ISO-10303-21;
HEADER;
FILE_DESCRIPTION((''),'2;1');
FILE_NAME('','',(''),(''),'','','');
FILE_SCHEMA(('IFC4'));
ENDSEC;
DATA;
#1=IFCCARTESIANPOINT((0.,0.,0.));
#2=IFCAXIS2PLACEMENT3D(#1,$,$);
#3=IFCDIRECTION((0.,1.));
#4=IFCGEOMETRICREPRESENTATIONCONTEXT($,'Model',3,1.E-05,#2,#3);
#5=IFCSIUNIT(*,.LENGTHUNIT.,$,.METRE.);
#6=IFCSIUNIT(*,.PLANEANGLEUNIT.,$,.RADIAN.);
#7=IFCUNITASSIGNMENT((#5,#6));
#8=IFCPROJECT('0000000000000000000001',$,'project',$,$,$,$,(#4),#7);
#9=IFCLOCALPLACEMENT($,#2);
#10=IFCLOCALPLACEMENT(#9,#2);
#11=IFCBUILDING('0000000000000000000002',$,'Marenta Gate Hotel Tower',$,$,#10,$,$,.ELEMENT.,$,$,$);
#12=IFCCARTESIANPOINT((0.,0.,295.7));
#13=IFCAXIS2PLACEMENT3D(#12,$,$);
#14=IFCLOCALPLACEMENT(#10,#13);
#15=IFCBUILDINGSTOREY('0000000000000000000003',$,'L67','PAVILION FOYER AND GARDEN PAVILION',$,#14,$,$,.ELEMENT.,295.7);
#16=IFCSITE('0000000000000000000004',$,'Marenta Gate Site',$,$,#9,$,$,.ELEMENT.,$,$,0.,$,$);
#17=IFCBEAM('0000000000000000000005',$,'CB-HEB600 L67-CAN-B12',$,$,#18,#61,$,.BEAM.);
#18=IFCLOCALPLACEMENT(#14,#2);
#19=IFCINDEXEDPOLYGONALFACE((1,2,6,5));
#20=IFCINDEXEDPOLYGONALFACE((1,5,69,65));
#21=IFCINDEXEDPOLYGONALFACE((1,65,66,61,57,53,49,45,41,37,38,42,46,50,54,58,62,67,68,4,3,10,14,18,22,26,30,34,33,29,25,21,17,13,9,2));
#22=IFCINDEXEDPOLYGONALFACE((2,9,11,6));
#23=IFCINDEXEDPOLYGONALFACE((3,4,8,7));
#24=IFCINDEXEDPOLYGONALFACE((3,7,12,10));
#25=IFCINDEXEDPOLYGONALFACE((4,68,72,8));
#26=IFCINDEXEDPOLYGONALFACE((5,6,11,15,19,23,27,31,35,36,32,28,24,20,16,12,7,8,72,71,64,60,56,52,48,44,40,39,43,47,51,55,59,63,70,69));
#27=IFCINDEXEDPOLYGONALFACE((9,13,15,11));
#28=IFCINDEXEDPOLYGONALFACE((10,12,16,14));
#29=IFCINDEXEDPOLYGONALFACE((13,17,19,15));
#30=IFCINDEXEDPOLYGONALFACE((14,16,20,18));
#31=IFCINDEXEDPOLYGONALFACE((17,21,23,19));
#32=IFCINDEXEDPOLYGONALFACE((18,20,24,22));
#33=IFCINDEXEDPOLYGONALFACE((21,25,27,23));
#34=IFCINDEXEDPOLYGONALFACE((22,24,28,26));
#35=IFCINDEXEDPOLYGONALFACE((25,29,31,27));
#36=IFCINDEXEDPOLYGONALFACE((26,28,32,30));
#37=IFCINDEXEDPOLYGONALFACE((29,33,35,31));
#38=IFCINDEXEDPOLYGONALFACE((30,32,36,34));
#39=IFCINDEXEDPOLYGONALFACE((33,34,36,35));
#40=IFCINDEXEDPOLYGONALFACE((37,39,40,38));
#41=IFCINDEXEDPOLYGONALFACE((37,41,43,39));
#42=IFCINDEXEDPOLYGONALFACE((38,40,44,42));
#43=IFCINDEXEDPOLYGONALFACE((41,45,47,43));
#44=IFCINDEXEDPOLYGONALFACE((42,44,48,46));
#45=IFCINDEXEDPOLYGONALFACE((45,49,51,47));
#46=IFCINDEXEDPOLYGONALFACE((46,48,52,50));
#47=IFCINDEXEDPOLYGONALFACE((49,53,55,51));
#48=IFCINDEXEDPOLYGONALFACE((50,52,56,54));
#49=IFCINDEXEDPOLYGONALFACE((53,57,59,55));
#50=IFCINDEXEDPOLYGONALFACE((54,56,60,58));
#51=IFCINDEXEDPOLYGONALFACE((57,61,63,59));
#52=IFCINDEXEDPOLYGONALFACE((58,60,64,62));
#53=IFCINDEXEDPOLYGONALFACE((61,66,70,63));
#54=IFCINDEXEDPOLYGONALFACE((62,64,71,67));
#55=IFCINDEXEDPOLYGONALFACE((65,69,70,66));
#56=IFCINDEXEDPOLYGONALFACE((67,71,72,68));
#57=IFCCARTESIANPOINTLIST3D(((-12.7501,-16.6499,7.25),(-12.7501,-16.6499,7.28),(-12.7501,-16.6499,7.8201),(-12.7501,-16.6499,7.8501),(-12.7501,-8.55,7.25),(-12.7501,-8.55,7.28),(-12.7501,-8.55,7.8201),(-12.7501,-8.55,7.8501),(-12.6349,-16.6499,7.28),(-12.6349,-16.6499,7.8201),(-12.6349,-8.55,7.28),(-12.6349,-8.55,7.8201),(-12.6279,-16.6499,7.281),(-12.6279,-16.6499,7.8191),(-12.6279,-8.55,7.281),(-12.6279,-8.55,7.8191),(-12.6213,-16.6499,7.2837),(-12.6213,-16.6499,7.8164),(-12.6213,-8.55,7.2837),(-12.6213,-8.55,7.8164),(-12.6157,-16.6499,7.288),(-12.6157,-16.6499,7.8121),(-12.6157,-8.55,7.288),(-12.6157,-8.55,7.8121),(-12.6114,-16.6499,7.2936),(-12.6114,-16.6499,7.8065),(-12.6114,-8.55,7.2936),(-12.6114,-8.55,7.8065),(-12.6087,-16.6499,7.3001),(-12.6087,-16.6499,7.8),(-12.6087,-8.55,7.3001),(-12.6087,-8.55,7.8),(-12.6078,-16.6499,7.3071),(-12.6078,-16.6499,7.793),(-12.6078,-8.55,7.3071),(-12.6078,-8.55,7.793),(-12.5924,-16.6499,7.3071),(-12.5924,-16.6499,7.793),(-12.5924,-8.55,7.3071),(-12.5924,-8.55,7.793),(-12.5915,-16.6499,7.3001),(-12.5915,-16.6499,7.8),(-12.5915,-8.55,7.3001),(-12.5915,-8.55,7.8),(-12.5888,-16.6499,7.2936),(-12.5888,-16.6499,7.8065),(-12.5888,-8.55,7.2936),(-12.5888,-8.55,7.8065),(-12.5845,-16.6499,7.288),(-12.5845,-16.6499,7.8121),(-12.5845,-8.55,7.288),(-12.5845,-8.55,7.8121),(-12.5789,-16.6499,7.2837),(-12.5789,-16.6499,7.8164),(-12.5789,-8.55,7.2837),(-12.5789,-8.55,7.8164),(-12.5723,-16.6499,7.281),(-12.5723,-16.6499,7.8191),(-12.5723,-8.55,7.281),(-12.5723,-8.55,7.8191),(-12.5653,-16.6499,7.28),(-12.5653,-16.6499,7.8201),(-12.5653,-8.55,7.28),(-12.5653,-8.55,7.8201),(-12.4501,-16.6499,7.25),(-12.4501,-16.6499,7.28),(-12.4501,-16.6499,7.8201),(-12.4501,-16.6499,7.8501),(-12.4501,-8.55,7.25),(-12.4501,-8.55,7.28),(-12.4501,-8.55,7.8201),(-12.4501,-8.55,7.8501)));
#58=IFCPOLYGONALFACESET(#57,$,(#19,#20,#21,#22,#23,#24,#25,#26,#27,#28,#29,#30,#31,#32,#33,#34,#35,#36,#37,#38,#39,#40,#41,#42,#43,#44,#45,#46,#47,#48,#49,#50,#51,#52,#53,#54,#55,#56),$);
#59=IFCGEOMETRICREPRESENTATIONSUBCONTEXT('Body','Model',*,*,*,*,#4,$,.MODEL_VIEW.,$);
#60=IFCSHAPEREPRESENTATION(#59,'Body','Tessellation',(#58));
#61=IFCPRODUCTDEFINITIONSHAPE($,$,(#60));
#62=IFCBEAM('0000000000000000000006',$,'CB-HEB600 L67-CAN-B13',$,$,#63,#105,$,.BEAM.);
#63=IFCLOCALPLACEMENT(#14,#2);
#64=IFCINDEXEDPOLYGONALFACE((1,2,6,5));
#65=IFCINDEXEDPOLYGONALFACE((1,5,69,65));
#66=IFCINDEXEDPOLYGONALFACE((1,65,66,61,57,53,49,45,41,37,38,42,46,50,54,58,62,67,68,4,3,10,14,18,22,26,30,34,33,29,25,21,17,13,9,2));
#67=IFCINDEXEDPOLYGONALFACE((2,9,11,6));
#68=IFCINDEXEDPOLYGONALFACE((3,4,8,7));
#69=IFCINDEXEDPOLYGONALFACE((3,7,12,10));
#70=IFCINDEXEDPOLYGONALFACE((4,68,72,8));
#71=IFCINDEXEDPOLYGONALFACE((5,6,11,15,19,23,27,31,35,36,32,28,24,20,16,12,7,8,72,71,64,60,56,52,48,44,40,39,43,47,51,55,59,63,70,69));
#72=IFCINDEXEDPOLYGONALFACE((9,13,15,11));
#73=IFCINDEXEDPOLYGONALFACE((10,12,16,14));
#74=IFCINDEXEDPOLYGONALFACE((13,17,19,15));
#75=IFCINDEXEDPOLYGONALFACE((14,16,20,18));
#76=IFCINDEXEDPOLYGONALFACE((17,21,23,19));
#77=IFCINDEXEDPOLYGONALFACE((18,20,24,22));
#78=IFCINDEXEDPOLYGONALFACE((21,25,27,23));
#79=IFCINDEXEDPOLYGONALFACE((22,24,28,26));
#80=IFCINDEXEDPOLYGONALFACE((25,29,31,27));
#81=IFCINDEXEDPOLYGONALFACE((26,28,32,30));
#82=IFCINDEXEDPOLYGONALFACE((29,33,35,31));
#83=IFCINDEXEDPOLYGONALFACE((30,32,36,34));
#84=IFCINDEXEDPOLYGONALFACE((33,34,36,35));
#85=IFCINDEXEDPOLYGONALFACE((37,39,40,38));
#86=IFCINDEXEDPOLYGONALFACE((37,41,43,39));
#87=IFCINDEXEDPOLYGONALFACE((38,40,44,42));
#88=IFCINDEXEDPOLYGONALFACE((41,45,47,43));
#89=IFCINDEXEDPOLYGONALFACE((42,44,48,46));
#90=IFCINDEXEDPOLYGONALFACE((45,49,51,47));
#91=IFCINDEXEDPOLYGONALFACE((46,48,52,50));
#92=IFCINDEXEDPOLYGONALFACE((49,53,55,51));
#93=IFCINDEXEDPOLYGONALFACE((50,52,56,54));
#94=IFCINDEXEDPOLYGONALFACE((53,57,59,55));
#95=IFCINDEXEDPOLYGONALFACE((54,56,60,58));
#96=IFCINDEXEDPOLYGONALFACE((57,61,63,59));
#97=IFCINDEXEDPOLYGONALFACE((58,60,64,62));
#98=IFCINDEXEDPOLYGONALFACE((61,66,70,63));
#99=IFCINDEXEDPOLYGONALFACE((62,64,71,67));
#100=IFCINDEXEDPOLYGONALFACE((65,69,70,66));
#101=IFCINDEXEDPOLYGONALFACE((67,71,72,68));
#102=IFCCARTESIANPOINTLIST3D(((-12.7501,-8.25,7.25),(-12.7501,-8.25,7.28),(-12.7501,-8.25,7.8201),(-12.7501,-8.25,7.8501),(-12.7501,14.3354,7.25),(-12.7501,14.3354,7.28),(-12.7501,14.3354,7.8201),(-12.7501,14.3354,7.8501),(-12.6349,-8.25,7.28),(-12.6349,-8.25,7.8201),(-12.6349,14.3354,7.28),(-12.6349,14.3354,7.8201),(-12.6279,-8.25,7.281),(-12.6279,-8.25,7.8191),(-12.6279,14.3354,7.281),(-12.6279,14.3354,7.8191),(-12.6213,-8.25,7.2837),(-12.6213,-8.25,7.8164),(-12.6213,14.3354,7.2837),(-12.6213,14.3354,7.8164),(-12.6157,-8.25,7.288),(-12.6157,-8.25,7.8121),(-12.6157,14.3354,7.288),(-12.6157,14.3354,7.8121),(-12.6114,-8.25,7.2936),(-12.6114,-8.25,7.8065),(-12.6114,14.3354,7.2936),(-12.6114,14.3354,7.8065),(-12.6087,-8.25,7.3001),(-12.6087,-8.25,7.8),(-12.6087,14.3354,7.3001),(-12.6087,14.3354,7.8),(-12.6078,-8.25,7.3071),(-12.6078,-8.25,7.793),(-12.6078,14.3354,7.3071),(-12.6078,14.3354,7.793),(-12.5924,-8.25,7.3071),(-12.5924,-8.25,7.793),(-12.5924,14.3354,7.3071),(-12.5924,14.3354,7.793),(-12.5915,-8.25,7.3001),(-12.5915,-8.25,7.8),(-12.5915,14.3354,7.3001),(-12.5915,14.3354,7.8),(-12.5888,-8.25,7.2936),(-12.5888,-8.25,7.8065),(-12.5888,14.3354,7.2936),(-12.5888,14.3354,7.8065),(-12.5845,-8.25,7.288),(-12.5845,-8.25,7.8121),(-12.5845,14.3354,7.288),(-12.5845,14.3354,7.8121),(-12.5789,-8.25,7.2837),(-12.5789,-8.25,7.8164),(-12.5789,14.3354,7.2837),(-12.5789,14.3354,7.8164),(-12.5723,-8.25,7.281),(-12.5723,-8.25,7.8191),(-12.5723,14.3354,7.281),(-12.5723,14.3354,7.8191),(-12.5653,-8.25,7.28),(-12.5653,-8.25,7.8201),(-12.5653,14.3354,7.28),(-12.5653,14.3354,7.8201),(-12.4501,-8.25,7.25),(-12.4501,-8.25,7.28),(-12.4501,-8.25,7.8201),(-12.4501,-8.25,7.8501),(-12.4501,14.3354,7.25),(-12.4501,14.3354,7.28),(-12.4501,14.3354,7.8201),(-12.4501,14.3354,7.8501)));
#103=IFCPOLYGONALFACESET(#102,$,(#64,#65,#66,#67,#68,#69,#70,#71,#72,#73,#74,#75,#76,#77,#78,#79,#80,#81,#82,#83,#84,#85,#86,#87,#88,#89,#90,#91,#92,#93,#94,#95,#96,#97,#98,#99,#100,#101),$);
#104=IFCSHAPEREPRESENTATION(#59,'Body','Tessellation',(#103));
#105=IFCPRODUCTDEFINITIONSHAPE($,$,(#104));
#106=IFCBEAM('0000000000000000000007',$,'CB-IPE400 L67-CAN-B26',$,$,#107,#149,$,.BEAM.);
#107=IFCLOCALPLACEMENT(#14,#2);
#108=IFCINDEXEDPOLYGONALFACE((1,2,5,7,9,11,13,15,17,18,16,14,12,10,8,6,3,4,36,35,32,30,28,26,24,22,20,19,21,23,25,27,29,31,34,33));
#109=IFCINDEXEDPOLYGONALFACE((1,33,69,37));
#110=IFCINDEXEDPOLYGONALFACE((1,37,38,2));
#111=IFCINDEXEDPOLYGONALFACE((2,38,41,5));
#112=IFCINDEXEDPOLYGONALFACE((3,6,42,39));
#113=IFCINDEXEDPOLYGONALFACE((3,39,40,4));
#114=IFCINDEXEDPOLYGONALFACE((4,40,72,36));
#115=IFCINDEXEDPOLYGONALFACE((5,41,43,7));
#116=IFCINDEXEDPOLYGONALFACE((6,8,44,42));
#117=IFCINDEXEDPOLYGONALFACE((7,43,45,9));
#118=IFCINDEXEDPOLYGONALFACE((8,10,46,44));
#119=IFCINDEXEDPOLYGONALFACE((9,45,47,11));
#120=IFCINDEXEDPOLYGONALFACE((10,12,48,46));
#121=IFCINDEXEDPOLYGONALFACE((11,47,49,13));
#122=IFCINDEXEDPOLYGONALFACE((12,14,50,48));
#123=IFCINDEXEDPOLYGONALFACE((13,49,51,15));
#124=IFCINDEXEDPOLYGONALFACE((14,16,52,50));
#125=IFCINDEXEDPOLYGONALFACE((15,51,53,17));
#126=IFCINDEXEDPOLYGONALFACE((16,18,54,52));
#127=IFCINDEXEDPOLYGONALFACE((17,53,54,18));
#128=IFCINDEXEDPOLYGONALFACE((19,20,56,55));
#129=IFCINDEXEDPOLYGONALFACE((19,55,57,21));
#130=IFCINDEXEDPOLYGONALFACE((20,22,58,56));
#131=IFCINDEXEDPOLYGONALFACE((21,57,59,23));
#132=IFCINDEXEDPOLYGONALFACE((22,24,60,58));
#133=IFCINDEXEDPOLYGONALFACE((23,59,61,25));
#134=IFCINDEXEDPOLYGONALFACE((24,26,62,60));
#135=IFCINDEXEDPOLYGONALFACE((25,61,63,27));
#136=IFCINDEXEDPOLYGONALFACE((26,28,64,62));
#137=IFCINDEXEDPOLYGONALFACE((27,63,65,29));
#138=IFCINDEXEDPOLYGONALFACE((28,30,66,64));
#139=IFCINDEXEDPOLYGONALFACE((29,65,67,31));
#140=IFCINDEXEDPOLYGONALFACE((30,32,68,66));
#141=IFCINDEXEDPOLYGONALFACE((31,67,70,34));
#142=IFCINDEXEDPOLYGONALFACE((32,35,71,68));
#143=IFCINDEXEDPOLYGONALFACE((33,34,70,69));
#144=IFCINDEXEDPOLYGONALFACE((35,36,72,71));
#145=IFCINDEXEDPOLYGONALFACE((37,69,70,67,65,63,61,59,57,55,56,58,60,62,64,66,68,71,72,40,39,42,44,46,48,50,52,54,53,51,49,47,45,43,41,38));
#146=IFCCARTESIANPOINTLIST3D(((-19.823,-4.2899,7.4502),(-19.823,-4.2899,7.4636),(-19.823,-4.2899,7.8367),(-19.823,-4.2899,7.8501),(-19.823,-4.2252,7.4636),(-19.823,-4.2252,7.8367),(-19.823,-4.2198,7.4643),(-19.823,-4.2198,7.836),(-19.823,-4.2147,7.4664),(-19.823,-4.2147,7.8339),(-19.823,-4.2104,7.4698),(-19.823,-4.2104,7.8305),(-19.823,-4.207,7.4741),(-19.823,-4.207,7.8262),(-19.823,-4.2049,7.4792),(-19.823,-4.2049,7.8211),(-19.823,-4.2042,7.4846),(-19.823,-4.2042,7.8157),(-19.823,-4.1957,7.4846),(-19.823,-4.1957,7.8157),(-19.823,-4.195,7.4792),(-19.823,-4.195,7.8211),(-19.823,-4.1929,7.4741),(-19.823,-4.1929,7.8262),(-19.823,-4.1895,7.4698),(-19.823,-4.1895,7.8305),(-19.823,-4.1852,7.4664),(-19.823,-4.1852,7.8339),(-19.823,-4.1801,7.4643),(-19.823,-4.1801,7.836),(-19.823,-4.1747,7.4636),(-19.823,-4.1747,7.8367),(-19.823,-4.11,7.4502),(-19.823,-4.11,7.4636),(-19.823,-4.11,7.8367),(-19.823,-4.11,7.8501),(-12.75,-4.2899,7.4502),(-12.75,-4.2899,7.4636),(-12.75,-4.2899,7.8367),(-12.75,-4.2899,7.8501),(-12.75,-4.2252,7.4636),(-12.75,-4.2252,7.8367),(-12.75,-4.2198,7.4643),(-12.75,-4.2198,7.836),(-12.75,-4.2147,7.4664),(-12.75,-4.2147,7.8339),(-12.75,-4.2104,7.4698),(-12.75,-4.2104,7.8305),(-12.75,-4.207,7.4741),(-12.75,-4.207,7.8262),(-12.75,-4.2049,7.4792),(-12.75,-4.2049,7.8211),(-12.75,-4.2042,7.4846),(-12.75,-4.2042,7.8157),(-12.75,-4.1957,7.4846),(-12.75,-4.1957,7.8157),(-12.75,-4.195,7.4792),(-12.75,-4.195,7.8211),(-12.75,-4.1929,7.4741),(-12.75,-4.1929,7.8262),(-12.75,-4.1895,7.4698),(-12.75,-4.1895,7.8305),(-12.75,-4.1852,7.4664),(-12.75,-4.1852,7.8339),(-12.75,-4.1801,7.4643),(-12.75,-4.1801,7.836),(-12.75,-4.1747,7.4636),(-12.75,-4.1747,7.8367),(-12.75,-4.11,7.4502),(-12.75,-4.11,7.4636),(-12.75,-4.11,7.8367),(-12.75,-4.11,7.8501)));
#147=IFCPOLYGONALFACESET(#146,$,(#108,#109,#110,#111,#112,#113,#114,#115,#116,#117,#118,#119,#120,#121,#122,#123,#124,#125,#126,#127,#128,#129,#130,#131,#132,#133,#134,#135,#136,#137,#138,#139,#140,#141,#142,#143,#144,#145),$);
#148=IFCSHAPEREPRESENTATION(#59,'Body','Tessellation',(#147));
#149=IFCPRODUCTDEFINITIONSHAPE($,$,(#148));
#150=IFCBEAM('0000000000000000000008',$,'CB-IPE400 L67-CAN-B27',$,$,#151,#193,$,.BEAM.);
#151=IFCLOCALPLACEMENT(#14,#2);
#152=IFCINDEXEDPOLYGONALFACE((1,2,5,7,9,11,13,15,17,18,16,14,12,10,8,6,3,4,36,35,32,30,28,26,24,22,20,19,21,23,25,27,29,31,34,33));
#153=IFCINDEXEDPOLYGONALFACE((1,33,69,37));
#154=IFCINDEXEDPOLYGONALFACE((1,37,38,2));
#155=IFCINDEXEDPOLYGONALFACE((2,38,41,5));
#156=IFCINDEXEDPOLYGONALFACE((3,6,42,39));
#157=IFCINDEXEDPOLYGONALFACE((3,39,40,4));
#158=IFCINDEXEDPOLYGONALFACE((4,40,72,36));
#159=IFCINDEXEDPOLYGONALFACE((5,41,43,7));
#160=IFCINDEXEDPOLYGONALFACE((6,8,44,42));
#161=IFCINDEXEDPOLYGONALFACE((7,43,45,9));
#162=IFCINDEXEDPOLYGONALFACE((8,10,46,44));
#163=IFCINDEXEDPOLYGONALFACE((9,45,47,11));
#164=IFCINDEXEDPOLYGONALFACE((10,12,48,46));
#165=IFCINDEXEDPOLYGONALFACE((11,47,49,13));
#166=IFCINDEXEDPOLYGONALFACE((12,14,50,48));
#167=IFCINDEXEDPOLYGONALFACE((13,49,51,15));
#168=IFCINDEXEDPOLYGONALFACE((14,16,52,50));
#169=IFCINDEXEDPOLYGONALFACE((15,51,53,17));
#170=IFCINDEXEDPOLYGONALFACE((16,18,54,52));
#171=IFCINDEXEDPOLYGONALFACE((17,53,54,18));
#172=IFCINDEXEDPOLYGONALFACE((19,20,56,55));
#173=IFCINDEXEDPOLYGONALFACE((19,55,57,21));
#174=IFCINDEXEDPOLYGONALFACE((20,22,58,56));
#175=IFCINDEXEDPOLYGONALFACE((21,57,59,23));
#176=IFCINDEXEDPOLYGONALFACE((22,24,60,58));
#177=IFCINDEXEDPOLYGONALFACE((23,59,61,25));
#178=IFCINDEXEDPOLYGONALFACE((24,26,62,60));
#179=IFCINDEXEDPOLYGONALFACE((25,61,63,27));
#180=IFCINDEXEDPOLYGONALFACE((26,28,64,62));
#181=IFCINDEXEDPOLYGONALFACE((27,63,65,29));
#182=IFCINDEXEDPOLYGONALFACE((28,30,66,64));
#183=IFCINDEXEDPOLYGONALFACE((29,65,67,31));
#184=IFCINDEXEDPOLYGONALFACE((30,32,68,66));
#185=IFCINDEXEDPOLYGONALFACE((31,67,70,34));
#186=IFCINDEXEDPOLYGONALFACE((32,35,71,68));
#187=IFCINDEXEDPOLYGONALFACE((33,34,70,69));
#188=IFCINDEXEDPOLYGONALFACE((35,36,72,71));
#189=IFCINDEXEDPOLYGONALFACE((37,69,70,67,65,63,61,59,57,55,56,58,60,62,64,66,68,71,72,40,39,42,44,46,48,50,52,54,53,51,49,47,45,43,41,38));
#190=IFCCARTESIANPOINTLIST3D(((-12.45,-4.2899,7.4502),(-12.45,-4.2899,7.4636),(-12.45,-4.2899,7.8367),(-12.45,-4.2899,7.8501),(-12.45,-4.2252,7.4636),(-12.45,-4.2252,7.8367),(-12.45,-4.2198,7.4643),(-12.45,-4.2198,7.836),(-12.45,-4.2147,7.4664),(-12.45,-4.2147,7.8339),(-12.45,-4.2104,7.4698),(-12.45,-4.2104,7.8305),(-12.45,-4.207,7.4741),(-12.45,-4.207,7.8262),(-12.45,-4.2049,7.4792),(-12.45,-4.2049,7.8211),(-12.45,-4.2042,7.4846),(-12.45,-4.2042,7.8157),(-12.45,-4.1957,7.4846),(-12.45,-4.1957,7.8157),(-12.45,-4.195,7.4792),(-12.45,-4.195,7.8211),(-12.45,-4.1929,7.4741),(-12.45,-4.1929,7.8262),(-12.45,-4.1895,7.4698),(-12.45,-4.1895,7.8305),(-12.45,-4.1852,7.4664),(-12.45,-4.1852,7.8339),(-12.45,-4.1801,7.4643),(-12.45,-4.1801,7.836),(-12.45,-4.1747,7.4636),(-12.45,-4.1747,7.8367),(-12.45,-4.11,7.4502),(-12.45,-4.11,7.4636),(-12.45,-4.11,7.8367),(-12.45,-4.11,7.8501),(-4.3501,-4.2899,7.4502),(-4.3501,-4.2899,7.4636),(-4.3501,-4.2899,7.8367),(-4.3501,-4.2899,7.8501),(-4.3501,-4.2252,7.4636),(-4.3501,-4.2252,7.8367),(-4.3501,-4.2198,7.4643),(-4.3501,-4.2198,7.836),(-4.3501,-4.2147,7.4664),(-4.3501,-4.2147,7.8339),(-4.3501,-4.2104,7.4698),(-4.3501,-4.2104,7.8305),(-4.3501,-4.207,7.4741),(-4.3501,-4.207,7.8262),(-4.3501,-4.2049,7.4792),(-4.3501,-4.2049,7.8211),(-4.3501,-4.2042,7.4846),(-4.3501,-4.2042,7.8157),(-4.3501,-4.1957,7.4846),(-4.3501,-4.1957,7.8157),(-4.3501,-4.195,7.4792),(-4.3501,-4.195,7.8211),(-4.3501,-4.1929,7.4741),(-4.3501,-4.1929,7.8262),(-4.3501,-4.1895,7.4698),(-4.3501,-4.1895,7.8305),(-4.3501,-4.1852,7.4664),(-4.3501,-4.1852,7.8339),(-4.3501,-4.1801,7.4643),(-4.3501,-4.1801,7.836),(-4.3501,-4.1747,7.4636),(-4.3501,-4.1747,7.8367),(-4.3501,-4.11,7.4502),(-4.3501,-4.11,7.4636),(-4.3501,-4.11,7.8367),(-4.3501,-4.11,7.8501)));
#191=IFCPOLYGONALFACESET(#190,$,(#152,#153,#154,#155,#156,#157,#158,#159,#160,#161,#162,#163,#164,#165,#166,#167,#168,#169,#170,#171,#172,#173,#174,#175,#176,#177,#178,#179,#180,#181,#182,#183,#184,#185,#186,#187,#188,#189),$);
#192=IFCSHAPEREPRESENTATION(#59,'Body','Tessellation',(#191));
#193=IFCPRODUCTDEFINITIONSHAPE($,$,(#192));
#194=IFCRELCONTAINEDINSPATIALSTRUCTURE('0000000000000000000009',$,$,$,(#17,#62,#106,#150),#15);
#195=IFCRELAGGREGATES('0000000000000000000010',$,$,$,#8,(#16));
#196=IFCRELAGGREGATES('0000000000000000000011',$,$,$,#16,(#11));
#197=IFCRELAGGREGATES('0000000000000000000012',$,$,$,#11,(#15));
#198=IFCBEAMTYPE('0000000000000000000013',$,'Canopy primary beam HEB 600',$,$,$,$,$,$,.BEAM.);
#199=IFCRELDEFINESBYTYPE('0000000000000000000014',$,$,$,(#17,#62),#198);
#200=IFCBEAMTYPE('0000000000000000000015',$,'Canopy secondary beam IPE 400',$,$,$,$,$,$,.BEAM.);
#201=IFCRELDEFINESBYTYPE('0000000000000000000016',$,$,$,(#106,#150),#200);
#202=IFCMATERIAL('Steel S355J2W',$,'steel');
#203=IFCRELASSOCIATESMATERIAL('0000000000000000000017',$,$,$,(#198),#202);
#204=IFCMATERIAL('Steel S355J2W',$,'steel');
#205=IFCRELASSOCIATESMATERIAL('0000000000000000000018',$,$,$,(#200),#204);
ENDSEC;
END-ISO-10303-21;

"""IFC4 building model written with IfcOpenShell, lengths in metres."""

from ifc_helpers import new_model, si_unit, direction, frame, origin, origin_2d, place, context, subcontext, project, spatial, i_section, extrude, material, material_profile, profile_set, type_object, element, save


model = new_model("IFC4")

# Units and contexts
model_context = context("Model", 3, precision=1e-05, world=origin(), true_north=direction((0.0, 1.0)))
body_context = subcontext(model_context, "Body", "Model", "MODEL_VIEW")
ifc_project = project(units=[si_unit("LENGTHUNIT", "METRE"), si_unit("PLANEANGLEUNIT", "RADIAN")], contexts=[model_context])

# Site, building, storey
site_placement = place(None, origin())
site = spatial("IfcSite", under=ifc_project, at=site_placement, Name="Marenta Gate Site", CompositionType="ELEMENT", RefElevation=0.0)
building_placement = place(site_placement, origin())
building = spatial("IfcBuilding", under=site, at=building_placement, Name="Marenta Gate Hotel Tower", CompositionType="ELEMENT")
storey_placement = place(building_placement, frame((0.0, 0.0, 295.7)))
storey = spatial("IfcBuildingStorey", under=building, at=storey_placement, Name="L67", Description="PAVILION FOYER AND GARDEN PAVILION", CompositionType="ELEMENT", Elevation=295.7)

# Beams
ifc_material_1 = material(Name="Steel S355J2W", Category="steel")
ifc_material_profile_1 = material_profile(ifc_material_1, i_section(OverallWidth=0.3, OverallDepth=0.6001, WebThickness=0.0154, FlangeThickness=0.03, FilletRadius=0.0271, at=origin_2d()), Name="HEB 600")
ifc_profile_set_1 = profile_set([ifc_material_profile_1], Name="Steel S355J2W")
beam_type_1 = type_object("IfcBeamType", Name="Canopy primary beam HEB 600", PredefinedType="BEAM", material=ifc_profile_set_1)
beam_1_placement = place(storey_placement, frame((-12.6001, -16.6499, 7.55), z_axis=(0.0, 1.0, 0.0), x_axis=(-1.0, 0.0, 0.0)))
element("IfcBeam", 1, at=beam_1_placement, inside=storey, type_object=beam_type_1, Name="CB-HEB600 L67-CAN-B12", PredefinedType="BEAM", context=body_context, shape_type="SweptSolid", body=[
    extrude(i_section(OverallWidth=0.3, OverallDepth=0.6001, WebThickness=0.0154, FlangeThickness=0.03, FilletRadius=0.0271, at=origin_2d()), origin(), (0.0, 0.0, 1.0), 8.0999),
])
beam_2_placement = place(storey_placement, frame((-12.6001, -8.25, 7.55), z_axis=(0.0, 1.0, 0.0), x_axis=(-1.0, 0.0, 0.0)))
element("IfcBeam", 2, at=beam_2_placement, inside=storey, type_object=beam_type_1, Name="CB-HEB600 L67-CAN-B13", PredefinedType="BEAM", context=body_context, shape_type="SweptSolid", body=[
    extrude(i_section(OverallWidth=0.3, OverallDepth=0.6001, WebThickness=0.0154, FlangeThickness=0.03, FilletRadius=0.0271, at=origin_2d()), origin(), (0.0, 0.0, 1.0), 22.5854),
])
ifc_material_2 = material(Name="Steel S355J2W", Category="steel")
ifc_material_profile_2 = material_profile(ifc_material_2, i_section(OverallWidth=0.1799, OverallDepth=0.3999, WebThickness=0.0085, FlangeThickness=0.0134, FilletRadius=0.021, at=origin_2d()), Name="IPE 400")
ifc_profile_set_2 = profile_set([ifc_material_profile_2], Name="Steel S355J2W")
beam_type_2 = type_object("IfcBeamType", Name="Canopy secondary beam IPE 400", PredefinedType="BEAM", material=ifc_profile_set_2)
beam_3_placement = place(storey_placement, frame((-19.823, -4.2, 7.6501), z_axis=(1.0, 0.0, 0.0), x_axis=(0.0, 1.0, 0.0)))
element("IfcBeam", 3, at=beam_3_placement, inside=storey, type_object=beam_type_2, Name="CB-IPE400 L67-CAN-B26", PredefinedType="BEAM", context=body_context, shape_type="SweptSolid", body=[
    extrude(i_section(OverallWidth=0.1799, OverallDepth=0.3999, WebThickness=0.0085, FlangeThickness=0.0134, FilletRadius=0.021, at=origin_2d()), origin(), (0.0, 0.0, 1.0), 7.073),
])
beam_4_placement = place(storey_placement, frame((-12.45, -4.2, 7.6501), z_axis=(1.0, 0.0, 0.0), x_axis=(0.0, 1.0, 0.0)))
element("IfcBeam", 4, at=beam_4_placement, inside=storey, type_object=beam_type_2, Name="CB-IPE400 L67-CAN-B27", PredefinedType="BEAM", context=body_context, shape_type="SweptSolid", body=[
    extrude(i_section(OverallWidth=0.1799, OverallDepth=0.3999, WebThickness=0.0085, FlangeThickness=0.0134, FilletRadius=0.021, at=origin_2d()), origin(), (0.0, 0.0, 1.0), 8.0999),
])

save(model, "model.ifc")
